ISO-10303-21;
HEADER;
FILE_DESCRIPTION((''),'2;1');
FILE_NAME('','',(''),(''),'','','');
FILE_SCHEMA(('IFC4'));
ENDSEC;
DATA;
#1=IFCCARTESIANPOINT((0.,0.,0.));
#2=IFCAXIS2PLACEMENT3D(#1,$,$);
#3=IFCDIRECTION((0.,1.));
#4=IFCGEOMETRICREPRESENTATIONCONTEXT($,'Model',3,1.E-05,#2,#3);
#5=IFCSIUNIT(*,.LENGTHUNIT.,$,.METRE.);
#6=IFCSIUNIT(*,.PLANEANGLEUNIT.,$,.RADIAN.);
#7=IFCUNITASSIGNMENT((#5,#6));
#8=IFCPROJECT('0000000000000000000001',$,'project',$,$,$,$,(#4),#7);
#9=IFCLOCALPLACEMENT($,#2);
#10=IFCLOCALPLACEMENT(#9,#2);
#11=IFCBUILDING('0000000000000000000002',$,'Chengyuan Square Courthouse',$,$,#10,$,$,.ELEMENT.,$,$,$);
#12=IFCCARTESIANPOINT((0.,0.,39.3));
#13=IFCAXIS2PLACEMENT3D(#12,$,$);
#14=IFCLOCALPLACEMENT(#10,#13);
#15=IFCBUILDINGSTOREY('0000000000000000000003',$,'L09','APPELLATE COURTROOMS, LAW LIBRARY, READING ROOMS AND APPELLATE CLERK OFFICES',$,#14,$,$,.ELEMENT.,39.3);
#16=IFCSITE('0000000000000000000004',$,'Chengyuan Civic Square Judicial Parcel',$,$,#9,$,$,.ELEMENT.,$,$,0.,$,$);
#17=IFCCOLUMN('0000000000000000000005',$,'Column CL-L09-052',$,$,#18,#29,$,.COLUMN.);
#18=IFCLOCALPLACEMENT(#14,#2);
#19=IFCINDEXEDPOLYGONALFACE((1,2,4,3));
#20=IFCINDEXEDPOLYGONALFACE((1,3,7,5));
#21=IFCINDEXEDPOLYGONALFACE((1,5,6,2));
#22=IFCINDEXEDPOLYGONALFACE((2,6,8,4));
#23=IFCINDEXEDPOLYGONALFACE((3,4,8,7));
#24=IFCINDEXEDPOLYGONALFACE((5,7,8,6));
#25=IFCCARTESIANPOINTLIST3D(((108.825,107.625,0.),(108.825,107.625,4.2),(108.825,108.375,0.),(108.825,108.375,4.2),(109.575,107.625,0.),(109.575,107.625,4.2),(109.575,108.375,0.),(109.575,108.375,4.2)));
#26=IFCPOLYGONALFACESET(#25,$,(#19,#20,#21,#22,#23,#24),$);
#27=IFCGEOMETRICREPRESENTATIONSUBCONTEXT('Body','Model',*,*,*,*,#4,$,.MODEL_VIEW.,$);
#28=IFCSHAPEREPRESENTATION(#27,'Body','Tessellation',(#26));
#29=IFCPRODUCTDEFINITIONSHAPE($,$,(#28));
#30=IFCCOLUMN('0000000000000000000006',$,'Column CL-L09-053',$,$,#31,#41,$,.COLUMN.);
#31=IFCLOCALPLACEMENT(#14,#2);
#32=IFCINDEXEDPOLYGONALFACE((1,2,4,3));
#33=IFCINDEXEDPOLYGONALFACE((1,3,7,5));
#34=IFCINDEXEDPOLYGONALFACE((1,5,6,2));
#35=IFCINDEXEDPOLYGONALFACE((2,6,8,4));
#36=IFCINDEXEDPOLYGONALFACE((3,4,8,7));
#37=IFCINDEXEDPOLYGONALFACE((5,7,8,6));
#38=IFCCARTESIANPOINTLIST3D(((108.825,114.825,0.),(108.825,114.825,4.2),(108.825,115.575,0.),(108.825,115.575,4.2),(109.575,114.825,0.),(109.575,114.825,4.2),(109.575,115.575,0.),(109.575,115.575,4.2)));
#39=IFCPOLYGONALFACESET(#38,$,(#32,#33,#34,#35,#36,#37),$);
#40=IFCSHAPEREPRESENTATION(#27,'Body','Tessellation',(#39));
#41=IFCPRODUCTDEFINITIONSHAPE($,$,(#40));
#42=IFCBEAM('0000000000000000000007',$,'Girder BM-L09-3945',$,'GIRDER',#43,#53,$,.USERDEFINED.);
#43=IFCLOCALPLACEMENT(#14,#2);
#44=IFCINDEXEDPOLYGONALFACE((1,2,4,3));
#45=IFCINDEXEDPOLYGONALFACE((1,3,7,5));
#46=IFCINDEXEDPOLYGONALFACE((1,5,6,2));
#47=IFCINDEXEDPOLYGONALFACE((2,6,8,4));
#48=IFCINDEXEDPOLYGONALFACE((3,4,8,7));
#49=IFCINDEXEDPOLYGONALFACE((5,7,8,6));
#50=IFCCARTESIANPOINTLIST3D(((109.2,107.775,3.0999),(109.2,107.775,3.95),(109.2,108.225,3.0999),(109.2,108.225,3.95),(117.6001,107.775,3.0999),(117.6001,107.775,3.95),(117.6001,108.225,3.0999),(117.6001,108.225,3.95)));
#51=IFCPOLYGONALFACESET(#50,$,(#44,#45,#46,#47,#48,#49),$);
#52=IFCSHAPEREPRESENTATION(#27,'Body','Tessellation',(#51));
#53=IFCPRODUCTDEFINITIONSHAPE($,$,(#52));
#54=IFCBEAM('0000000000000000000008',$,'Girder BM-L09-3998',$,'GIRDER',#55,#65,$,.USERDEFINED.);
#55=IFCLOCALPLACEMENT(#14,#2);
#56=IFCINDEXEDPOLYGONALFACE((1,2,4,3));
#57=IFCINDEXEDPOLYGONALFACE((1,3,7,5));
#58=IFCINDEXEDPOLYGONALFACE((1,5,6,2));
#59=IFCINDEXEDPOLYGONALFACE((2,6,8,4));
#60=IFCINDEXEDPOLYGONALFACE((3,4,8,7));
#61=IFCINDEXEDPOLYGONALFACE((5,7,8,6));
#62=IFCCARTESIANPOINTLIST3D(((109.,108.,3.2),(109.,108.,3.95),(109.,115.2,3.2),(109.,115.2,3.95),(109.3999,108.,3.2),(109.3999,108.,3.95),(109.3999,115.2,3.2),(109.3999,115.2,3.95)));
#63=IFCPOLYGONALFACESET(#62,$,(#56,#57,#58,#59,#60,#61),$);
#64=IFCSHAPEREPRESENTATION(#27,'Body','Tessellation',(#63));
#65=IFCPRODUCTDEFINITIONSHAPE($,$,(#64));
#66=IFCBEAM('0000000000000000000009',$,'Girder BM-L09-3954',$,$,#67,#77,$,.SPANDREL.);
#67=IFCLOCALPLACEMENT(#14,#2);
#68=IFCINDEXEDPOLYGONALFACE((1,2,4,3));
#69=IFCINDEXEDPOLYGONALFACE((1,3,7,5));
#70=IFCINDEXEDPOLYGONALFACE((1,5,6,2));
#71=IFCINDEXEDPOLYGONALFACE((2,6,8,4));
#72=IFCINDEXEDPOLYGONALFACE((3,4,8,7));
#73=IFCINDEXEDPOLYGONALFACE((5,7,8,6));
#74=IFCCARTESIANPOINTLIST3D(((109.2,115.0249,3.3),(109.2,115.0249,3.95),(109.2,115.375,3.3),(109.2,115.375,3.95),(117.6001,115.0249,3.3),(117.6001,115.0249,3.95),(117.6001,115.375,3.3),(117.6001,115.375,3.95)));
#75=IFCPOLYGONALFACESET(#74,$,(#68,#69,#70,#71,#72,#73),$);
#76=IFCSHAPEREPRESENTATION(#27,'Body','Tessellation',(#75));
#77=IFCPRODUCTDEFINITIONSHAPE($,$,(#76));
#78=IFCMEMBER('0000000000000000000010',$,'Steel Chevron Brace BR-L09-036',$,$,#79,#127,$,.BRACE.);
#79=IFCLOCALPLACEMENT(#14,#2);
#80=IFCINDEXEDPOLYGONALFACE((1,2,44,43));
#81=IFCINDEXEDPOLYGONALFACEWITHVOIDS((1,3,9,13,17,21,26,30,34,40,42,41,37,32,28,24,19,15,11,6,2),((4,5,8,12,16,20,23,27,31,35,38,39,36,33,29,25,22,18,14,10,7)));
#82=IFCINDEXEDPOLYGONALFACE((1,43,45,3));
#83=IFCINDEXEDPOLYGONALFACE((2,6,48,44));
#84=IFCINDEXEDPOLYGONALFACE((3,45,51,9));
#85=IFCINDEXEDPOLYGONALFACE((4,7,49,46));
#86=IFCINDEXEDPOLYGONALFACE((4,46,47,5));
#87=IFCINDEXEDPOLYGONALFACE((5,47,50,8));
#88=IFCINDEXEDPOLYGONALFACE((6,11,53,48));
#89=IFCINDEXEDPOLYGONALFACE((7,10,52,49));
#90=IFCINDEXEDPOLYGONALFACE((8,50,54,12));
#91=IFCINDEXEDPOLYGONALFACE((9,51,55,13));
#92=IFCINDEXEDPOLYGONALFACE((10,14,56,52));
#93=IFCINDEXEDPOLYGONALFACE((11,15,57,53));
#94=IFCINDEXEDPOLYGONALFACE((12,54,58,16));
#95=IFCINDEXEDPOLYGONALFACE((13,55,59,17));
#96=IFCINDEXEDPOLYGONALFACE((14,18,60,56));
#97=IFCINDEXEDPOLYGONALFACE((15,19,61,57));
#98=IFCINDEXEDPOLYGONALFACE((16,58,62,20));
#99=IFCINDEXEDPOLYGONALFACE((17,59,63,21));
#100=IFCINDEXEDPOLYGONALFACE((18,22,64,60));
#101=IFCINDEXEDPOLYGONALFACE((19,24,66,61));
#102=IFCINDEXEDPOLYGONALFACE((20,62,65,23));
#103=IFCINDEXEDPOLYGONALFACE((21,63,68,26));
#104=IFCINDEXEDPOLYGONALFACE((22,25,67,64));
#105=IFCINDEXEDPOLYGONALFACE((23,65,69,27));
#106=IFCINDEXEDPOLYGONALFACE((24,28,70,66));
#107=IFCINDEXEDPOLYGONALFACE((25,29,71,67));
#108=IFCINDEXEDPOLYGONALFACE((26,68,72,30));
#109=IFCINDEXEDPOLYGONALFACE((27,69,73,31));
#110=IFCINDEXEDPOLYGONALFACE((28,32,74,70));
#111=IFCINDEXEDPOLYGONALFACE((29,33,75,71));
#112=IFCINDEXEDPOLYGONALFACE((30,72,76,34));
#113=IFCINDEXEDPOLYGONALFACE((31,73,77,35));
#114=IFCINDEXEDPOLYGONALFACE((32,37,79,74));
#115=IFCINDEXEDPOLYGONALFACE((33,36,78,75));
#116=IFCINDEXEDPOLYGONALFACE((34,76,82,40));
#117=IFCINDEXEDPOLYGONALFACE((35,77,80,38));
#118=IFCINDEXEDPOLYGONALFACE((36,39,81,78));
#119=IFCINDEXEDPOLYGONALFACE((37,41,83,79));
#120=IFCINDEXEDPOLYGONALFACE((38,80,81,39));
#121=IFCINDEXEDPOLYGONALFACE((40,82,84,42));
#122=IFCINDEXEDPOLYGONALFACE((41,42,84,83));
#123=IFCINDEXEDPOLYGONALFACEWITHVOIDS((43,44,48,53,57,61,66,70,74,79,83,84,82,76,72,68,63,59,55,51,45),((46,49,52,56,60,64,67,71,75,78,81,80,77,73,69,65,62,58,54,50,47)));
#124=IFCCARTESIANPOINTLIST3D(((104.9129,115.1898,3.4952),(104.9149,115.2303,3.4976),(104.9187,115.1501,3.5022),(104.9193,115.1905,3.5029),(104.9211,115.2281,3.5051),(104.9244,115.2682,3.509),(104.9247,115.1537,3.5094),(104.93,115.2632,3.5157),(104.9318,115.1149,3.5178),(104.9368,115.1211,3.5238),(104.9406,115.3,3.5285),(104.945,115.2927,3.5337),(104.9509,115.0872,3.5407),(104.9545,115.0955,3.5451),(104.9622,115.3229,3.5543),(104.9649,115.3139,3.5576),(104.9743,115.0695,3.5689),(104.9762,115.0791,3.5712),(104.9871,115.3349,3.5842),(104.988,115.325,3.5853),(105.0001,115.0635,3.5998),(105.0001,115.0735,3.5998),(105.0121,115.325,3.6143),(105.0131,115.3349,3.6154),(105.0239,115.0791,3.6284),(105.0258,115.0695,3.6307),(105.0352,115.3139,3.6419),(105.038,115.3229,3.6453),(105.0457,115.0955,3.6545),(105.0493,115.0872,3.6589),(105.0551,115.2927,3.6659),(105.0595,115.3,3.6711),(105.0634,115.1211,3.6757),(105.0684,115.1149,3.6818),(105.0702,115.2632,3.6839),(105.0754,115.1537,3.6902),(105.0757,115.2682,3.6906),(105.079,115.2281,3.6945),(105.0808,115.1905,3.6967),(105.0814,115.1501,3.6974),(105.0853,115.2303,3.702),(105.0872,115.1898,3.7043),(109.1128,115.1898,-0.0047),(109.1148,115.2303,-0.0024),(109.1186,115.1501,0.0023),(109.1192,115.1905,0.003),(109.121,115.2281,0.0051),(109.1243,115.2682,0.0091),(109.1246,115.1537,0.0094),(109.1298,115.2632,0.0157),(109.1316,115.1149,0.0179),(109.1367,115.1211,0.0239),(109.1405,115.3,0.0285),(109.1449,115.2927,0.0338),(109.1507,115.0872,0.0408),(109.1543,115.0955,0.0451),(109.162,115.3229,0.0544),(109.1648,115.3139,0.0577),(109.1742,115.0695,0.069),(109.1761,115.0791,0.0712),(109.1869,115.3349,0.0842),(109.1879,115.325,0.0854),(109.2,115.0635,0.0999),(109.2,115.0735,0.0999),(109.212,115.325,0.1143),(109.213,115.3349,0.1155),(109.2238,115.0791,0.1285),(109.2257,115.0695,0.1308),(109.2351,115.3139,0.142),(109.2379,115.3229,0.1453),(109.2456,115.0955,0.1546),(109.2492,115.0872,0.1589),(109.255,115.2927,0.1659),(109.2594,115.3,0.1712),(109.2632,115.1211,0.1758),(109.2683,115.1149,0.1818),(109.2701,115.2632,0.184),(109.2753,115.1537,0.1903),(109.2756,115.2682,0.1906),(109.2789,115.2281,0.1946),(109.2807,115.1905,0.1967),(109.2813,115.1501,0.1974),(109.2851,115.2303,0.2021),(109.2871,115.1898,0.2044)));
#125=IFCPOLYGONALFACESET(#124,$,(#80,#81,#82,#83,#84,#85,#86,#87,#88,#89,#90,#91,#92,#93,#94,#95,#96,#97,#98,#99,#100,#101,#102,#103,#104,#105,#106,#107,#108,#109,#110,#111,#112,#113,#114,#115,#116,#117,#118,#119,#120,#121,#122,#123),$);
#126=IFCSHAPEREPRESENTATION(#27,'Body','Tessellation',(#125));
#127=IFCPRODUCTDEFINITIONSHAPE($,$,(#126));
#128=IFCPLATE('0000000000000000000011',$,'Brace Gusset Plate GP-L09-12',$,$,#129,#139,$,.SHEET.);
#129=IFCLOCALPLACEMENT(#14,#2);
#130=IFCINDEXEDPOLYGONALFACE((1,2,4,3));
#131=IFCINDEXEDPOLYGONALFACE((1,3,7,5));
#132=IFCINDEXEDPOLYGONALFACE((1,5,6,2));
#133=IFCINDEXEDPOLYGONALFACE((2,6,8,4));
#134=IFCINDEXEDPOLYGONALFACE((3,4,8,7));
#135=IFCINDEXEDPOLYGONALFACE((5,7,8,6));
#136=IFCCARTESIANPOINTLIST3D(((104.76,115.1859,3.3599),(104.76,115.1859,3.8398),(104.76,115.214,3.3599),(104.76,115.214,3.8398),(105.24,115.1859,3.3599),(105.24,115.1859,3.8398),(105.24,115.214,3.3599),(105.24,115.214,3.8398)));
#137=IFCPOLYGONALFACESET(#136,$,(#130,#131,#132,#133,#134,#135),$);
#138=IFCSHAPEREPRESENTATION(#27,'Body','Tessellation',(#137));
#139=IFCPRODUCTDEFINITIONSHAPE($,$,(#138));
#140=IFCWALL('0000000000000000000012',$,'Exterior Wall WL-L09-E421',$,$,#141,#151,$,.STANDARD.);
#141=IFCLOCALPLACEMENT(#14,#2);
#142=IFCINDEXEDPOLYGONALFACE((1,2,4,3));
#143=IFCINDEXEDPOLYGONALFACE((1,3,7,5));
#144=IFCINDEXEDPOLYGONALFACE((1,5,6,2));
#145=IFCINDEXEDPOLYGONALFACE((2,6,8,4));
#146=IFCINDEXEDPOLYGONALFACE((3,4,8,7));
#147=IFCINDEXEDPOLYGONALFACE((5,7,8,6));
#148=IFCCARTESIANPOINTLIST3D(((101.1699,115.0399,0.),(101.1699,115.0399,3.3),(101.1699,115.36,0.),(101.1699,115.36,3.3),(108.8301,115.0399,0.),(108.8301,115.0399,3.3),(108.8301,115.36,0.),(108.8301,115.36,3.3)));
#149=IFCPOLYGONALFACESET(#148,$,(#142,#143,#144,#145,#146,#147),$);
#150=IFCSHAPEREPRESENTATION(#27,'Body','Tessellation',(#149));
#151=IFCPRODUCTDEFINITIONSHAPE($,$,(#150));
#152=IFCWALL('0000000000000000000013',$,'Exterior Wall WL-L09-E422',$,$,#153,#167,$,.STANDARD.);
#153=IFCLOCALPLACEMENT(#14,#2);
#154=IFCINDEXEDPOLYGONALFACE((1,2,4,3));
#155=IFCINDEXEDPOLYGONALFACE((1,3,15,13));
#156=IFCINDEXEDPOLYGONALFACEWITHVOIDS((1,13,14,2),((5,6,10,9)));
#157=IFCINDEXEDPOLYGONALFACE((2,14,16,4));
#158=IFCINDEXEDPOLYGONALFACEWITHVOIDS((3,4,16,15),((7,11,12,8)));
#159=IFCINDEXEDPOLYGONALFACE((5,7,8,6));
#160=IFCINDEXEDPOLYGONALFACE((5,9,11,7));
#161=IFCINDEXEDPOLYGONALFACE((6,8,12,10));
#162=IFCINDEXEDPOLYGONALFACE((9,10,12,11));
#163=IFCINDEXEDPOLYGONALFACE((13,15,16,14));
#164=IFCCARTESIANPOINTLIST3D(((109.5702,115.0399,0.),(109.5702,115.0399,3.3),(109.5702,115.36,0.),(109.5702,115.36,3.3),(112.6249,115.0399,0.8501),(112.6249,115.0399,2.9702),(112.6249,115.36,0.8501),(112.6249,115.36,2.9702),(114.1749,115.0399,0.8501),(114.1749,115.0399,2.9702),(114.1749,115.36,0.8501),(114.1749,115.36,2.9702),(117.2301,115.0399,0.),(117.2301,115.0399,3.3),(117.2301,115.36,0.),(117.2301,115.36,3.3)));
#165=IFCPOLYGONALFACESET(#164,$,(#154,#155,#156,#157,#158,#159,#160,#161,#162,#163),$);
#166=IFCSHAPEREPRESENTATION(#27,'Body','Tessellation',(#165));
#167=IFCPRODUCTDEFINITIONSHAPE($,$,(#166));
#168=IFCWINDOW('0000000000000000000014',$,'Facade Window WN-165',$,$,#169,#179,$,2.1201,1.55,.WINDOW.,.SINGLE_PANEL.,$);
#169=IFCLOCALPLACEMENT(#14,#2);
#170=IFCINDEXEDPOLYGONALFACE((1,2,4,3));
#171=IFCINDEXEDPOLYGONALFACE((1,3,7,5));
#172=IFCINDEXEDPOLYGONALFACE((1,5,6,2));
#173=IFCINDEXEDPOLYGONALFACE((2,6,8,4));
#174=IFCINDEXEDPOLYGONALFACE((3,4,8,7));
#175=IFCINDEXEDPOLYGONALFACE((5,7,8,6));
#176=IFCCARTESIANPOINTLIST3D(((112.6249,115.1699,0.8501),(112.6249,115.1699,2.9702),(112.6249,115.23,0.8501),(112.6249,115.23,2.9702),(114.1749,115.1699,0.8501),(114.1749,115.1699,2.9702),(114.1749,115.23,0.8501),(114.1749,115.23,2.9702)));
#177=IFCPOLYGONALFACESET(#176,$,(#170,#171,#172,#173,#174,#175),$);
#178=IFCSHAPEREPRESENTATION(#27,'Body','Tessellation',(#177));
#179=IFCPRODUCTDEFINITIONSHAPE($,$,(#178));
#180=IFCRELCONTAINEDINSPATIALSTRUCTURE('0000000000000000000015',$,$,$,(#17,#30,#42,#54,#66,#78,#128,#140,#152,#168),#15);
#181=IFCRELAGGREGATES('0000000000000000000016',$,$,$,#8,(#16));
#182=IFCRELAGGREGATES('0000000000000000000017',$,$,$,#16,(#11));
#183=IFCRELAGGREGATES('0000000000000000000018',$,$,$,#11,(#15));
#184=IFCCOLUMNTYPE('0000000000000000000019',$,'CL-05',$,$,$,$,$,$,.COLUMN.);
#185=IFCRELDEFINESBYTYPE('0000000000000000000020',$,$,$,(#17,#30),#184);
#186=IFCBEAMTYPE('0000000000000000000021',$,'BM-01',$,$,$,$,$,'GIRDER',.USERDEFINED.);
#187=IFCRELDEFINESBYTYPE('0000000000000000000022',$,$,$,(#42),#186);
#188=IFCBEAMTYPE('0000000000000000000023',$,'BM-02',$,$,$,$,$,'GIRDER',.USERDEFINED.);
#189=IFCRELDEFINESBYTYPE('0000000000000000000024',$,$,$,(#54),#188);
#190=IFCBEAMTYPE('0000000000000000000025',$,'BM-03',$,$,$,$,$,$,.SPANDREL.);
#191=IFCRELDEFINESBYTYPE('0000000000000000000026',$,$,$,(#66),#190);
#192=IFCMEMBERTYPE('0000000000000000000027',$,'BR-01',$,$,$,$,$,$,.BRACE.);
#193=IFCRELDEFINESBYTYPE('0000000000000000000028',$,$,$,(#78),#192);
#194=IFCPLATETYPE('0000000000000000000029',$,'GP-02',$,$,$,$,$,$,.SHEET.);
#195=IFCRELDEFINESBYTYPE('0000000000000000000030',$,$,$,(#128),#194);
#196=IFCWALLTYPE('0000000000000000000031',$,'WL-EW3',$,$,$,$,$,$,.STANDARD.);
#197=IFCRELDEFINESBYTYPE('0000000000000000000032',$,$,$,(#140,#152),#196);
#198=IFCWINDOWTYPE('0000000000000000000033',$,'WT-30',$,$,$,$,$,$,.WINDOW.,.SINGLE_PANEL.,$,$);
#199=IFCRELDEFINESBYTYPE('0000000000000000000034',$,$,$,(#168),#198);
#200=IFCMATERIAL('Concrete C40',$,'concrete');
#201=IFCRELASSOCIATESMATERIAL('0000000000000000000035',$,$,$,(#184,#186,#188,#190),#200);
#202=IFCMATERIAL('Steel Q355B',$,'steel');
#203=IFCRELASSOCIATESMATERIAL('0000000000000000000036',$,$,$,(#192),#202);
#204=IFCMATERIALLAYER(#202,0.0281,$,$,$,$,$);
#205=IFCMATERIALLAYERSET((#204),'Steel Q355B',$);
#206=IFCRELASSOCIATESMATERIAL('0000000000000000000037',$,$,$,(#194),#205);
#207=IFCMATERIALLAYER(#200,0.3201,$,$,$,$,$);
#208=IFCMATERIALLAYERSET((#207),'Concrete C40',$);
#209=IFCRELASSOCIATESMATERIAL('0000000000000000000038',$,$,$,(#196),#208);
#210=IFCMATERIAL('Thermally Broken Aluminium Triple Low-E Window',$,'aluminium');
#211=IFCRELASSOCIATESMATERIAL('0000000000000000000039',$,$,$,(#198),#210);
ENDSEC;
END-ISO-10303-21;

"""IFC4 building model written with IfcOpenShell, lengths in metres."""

from ifc_helpers import new_model, si_unit, direction, frame, frame_2d, origin, origin_2d, place, context, subcontext, project, spatial, rectangle, hollow_circle, extrude, material, layer, layer_set, material_profile, profile_set, type_object, element, fill, save


model = new_model("IFC4")

# Units and contexts
model_context = context("Model", 3, precision=1e-05, world=origin(), true_north=direction((0.0, 1.0)))
body_context = subcontext(model_context, "Body", "Model", "MODEL_VIEW")
ifc_project = project(units=[si_unit("LENGTHUNIT", "METRE"), si_unit("PLANEANGLEUNIT", "RADIAN")], contexts=[model_context])

# Site, building, storey
site_placement = place(None, origin())
site = spatial("IfcSite", under=ifc_project, at=site_placement, Name="Chengyuan Civic Square Judicial Parcel", CompositionType="ELEMENT", RefElevation=0.0)
building_placement = place(site_placement, origin())
building = spatial("IfcBuilding", under=site, at=building_placement, Name="Chengyuan Square Courthouse", CompositionType="ELEMENT")
storey_placement = place(building_placement, frame((0.0, 0.0, 39.3)))
storey = spatial("IfcBuildingStorey", under=building, at=storey_placement, Name="L09", Description="APPELLATE COURTROOMS, LAW LIBRARY, READING ROOMS AND APPELLATE CLERK OFFICES", CompositionType="ELEMENT", Elevation=39.3)

# Columns
ifc_material_1 = material(Name="Concrete C40", Category="concrete")
ifc_material_profile_1 = material_profile(ifc_material_1, rectangle(XDim=0.75, YDim=0.75, at=origin_2d()), Name="RC-COL-750x750")
ifc_profile_set_1 = profile_set([ifc_material_profile_1], Name="Concrete C40")
column_type = type_object("IfcColumnType", Name="CL-05", PredefinedType="COLUMN", material=ifc_profile_set_1)
for number, where, z_axis, x_axis, name in (
    (1, (109.2, 108.0, 0.0), (0.0, 0.0, 1.0), (1.0, 0.0, 0.0), "Column CL-L09-052"),
    (2, (109.2, 115.2, 0.0), (0.0, 0.0, 1.0), (1.0, 0.0, 0.0), "Column CL-L09-053"),
):
    element("IfcColumn", number, at=place(storey_placement, frame(where, z_axis=z_axis, x_axis=x_axis)), inside=storey, type_object=column_type, Name=name, PredefinedType="COLUMN", context=body_context, shape_type="SweptSolid", body=[
        extrude(rectangle(XDim=0.75, YDim=0.75, at=origin_2d()), origin(), (0.0, 0.0, 1.0), 4.2),
    ])

# Beams
ifc_material_profile_2 = material_profile(ifc_material_1, rectangle(XDim=0.45, YDim=0.8501, at=origin_2d()), Name="RC-BM-450x850")
ifc_profile_set_2 = profile_set([ifc_material_profile_2], Name="Concrete C40")
beam_type_1 = type_object("IfcBeamType", Name="BM-01", ElementType="GIRDER", PredefinedType="USERDEFINED", material=ifc_profile_set_2)
beam_1_placement = place(storey_placement, frame((109.2, 108.0, 3.5249), z_axis=(1.0, 0.0, 0.0), x_axis=(0.0, 1.0, 0.0)))
element("IfcBeam", 3, at=beam_1_placement, inside=storey, type_object=beam_type_1, Name="Girder BM-L09-3945", ObjectType="GIRDER", PredefinedType="USERDEFINED", context=body_context, shape_type="SweptSolid", body=[
    extrude(rectangle(XDim=0.45, YDim=0.8501, at=origin_2d()), origin(), (0.0, 0.0, 1.0), 8.4001),
])
ifc_material_profile_3 = material_profile(ifc_material_1, rectangle(XDim=0.3999, YDim=0.75, at=origin_2d()), Name="RC-BM-400x750")
ifc_profile_set_3 = profile_set([ifc_material_profile_3], Name="Concrete C40")
beam_type_2 = type_object("IfcBeamType", Name="BM-02", ElementType="GIRDER", PredefinedType="USERDEFINED", material=ifc_profile_set_3)
beam_2_placement = place(storey_placement, frame((109.2, 108.0, 3.575), z_axis=(0.0, 1.0, 0.0), x_axis=(-1.0, 0.0, 0.0)))
element("IfcBeam", 4, at=beam_2_placement, inside=storey, type_object=beam_type_2, Name="Girder BM-L09-3998", ObjectType="GIRDER", PredefinedType="USERDEFINED", context=body_context, shape_type="SweptSolid", body=[
    extrude(rectangle(XDim=0.3999, YDim=0.75, at=origin_2d()), origin(), (0.0, 0.0, 1.0), 7.2),
])
ifc_material_profile_4 = material_profile(ifc_material_1, rectangle(XDim=0.3501, YDim=0.6499, at=origin_2d()), Name="RC-BM-350x650")
ifc_profile_set_4 = profile_set([ifc_material_profile_4], Name="Concrete C40")
beam_type_3 = type_object("IfcBeamType", Name="BM-03", PredefinedType="SPANDREL", material=ifc_profile_set_4)
beam_3_placement = place(storey_placement, frame((109.2, 115.2, 3.625), z_axis=(1.0, 0.0, 0.0), x_axis=(0.0, 1.0, 0.0)))
element("IfcBeam", 5, at=beam_3_placement, inside=storey, type_object=beam_type_3, Name="Girder BM-L09-3954", PredefinedType="SPANDREL", context=body_context, shape_type="SweptSolid", body=[
    extrude(rectangle(XDim=0.3501, YDim=0.6499, at=origin_2d()), origin(), (0.0, 0.0, 1.0), 8.4001),
])

# Member
ifc_material_2 = material(Name="Steel Q355B", Category="steel")
ifc_material_profile_5 = material_profile(ifc_material_2, hollow_circle(Radius=0.1365, WallThickness=0.01, at=origin_2d()), Name="CHS 273x10")
ifc_profile_set_5 = profile_set([ifc_material_profile_5], Name="Steel Q355B")
member_type = type_object("IfcMemberType", Name="BR-01", PredefinedType="BRACE", material=ifc_profile_set_5)
member_placement = place(storey_placement, frame((109.2, 115.2, 0.0999), z_axis=(-0.768218, 0.0, 0.640189), x_axis=(0.0, -1.0, 0.0)))
element("IfcMember", 6, at=member_placement, inside=storey, type_object=member_type, Name="Steel Chevron Brace BR-L09-036", PredefinedType="BRACE", context=body_context, shape_type="SweptSolid", body=[
    extrude(hollow_circle(Radius=0.1365, WallThickness=0.01, at=origin_2d()), origin(), (0.0, 0.0, 1.0), 5.467),
])

# Plate
ifc_layer_1 = layer(ifc_material_2, 0.0281)
ifc_layer_set_1 = layer_set([ifc_layer_1], Name="Steel Q355B")
plate_type = type_object("IfcPlateType", Name="GP-02", PredefinedType="SHEET", material=ifc_layer_set_1)
plate_placement = place(storey_placement, frame((105.0, 115.2, 3.3599), z_axis=(0.0, 0.0, 1.0), x_axis=(1.0, 0.0, 0.0)))
element("IfcPlate", 7, at=plate_placement, inside=storey, type_object=plate_type, Name="Brace Gusset Plate GP-L09-12", PredefinedType="SHEET", context=body_context, shape_type="SweptSolid", body=[
    extrude(rectangle(XDim=0.48, YDim=0.0281, at=origin_2d()), origin(), (0.0, 0.0, 1.0), 0.48),
])

# Wall
ifc_layer_2 = layer(ifc_material_1, 0.3201)
ifc_layer_set_2 = layer_set([ifc_layer_2], Name="Concrete C40")
wall_type_1 = type_object("IfcWallType", Name="WL-EW3", PredefinedType="STANDARD", material=ifc_layer_set_2)
wall_1_placement = place(storey_placement, frame((101.1699, 115.2, 0.0), z_axis=(0.0, 0.0, 1.0), x_axis=(1.0, 0.0, 0.0)))
element("IfcWall", 8, at=wall_1_placement, inside=storey, type_object=wall_type_1, Name="Exterior Wall WL-L09-E421", PredefinedType="STANDARD", context=body_context, shape_type="SweptSolid", body=[
    extrude(rectangle(XDim=7.6602, YDim=0.3201, at=frame_2d((3.8301, 0.0))), origin(), (0.0, 0.0, 1.0), 3.3),
])

# Wall, opening, window
wall_2_placement = place(storey_placement, frame((109.5701, 115.2, 0.0), z_axis=(0.0, 0.0, 1.0), x_axis=(1.0, 0.0, 0.0)))
wall_2 = element("IfcWall", 9, at=wall_2_placement, inside=storey, type_object=wall_type_1, Name="Exterior Wall WL-L09-E422", PredefinedType="STANDARD", context=body_context, shape_type="SweptSolid", body=[
    extrude(rectangle(XDim=7.6599, YDim=0.3201, at=frame_2d((3.8301, 0.0))), origin(), (0.0, 0.0, 1.0), 3.3),
])
opening_1_placement = place(wall_2_placement, frame((3.0549, 0.0, 0.8501)))
opening_1 = element("IfcOpeningElement", 10, at=opening_1_placement, cuts=wall_2, PredefinedType="OPENING", context=body_context, shape_type="SweptSolid", body=[
    extrude(rectangle(XDim=1.55, YDim=2.1201, at=frame_2d((0.7749, 1.0601))), frame((0.0, 0.1721, 0.0), z_axis=(0.0, -1.0, 0.0), x_axis=(1.0, 0.0, 0.0)), (0.0, 0.0, 1.0), 0.344),
])
ifc_material_3 = material(Name="Thermally Broken Aluminium Triple Low-E Window", Category="aluminium")
window_type = type_object("IfcWindowType", Name="WT-30", PartitioningType="SINGLE_PANEL", PredefinedType="WINDOW", material=ifc_material_3)
window_placement = place(opening_1_placement, origin())
window = element("IfcWindow", 11, at=window_placement, inside=storey, type_object=window_type, Name="Facade Window WN-165", OverallHeight=2.1201, OverallWidth=1.55, PartitioningType="SINGLE_PANEL", PredefinedType="WINDOW", context=body_context, shape_type="SweptSolid", body=[
    extrude(rectangle(XDim=1.55, YDim=2.1201, at=frame_2d((0.7749, 1.0601))), frame((0.0, 0.03, 0.0), z_axis=(0.0, -1.0, 0.0), x_axis=(1.0, 0.0, 0.0)), (0.0, 0.0, 1.0), 0.0601),
])
fill(opening_1, window)

save(model, "model.ifc")
